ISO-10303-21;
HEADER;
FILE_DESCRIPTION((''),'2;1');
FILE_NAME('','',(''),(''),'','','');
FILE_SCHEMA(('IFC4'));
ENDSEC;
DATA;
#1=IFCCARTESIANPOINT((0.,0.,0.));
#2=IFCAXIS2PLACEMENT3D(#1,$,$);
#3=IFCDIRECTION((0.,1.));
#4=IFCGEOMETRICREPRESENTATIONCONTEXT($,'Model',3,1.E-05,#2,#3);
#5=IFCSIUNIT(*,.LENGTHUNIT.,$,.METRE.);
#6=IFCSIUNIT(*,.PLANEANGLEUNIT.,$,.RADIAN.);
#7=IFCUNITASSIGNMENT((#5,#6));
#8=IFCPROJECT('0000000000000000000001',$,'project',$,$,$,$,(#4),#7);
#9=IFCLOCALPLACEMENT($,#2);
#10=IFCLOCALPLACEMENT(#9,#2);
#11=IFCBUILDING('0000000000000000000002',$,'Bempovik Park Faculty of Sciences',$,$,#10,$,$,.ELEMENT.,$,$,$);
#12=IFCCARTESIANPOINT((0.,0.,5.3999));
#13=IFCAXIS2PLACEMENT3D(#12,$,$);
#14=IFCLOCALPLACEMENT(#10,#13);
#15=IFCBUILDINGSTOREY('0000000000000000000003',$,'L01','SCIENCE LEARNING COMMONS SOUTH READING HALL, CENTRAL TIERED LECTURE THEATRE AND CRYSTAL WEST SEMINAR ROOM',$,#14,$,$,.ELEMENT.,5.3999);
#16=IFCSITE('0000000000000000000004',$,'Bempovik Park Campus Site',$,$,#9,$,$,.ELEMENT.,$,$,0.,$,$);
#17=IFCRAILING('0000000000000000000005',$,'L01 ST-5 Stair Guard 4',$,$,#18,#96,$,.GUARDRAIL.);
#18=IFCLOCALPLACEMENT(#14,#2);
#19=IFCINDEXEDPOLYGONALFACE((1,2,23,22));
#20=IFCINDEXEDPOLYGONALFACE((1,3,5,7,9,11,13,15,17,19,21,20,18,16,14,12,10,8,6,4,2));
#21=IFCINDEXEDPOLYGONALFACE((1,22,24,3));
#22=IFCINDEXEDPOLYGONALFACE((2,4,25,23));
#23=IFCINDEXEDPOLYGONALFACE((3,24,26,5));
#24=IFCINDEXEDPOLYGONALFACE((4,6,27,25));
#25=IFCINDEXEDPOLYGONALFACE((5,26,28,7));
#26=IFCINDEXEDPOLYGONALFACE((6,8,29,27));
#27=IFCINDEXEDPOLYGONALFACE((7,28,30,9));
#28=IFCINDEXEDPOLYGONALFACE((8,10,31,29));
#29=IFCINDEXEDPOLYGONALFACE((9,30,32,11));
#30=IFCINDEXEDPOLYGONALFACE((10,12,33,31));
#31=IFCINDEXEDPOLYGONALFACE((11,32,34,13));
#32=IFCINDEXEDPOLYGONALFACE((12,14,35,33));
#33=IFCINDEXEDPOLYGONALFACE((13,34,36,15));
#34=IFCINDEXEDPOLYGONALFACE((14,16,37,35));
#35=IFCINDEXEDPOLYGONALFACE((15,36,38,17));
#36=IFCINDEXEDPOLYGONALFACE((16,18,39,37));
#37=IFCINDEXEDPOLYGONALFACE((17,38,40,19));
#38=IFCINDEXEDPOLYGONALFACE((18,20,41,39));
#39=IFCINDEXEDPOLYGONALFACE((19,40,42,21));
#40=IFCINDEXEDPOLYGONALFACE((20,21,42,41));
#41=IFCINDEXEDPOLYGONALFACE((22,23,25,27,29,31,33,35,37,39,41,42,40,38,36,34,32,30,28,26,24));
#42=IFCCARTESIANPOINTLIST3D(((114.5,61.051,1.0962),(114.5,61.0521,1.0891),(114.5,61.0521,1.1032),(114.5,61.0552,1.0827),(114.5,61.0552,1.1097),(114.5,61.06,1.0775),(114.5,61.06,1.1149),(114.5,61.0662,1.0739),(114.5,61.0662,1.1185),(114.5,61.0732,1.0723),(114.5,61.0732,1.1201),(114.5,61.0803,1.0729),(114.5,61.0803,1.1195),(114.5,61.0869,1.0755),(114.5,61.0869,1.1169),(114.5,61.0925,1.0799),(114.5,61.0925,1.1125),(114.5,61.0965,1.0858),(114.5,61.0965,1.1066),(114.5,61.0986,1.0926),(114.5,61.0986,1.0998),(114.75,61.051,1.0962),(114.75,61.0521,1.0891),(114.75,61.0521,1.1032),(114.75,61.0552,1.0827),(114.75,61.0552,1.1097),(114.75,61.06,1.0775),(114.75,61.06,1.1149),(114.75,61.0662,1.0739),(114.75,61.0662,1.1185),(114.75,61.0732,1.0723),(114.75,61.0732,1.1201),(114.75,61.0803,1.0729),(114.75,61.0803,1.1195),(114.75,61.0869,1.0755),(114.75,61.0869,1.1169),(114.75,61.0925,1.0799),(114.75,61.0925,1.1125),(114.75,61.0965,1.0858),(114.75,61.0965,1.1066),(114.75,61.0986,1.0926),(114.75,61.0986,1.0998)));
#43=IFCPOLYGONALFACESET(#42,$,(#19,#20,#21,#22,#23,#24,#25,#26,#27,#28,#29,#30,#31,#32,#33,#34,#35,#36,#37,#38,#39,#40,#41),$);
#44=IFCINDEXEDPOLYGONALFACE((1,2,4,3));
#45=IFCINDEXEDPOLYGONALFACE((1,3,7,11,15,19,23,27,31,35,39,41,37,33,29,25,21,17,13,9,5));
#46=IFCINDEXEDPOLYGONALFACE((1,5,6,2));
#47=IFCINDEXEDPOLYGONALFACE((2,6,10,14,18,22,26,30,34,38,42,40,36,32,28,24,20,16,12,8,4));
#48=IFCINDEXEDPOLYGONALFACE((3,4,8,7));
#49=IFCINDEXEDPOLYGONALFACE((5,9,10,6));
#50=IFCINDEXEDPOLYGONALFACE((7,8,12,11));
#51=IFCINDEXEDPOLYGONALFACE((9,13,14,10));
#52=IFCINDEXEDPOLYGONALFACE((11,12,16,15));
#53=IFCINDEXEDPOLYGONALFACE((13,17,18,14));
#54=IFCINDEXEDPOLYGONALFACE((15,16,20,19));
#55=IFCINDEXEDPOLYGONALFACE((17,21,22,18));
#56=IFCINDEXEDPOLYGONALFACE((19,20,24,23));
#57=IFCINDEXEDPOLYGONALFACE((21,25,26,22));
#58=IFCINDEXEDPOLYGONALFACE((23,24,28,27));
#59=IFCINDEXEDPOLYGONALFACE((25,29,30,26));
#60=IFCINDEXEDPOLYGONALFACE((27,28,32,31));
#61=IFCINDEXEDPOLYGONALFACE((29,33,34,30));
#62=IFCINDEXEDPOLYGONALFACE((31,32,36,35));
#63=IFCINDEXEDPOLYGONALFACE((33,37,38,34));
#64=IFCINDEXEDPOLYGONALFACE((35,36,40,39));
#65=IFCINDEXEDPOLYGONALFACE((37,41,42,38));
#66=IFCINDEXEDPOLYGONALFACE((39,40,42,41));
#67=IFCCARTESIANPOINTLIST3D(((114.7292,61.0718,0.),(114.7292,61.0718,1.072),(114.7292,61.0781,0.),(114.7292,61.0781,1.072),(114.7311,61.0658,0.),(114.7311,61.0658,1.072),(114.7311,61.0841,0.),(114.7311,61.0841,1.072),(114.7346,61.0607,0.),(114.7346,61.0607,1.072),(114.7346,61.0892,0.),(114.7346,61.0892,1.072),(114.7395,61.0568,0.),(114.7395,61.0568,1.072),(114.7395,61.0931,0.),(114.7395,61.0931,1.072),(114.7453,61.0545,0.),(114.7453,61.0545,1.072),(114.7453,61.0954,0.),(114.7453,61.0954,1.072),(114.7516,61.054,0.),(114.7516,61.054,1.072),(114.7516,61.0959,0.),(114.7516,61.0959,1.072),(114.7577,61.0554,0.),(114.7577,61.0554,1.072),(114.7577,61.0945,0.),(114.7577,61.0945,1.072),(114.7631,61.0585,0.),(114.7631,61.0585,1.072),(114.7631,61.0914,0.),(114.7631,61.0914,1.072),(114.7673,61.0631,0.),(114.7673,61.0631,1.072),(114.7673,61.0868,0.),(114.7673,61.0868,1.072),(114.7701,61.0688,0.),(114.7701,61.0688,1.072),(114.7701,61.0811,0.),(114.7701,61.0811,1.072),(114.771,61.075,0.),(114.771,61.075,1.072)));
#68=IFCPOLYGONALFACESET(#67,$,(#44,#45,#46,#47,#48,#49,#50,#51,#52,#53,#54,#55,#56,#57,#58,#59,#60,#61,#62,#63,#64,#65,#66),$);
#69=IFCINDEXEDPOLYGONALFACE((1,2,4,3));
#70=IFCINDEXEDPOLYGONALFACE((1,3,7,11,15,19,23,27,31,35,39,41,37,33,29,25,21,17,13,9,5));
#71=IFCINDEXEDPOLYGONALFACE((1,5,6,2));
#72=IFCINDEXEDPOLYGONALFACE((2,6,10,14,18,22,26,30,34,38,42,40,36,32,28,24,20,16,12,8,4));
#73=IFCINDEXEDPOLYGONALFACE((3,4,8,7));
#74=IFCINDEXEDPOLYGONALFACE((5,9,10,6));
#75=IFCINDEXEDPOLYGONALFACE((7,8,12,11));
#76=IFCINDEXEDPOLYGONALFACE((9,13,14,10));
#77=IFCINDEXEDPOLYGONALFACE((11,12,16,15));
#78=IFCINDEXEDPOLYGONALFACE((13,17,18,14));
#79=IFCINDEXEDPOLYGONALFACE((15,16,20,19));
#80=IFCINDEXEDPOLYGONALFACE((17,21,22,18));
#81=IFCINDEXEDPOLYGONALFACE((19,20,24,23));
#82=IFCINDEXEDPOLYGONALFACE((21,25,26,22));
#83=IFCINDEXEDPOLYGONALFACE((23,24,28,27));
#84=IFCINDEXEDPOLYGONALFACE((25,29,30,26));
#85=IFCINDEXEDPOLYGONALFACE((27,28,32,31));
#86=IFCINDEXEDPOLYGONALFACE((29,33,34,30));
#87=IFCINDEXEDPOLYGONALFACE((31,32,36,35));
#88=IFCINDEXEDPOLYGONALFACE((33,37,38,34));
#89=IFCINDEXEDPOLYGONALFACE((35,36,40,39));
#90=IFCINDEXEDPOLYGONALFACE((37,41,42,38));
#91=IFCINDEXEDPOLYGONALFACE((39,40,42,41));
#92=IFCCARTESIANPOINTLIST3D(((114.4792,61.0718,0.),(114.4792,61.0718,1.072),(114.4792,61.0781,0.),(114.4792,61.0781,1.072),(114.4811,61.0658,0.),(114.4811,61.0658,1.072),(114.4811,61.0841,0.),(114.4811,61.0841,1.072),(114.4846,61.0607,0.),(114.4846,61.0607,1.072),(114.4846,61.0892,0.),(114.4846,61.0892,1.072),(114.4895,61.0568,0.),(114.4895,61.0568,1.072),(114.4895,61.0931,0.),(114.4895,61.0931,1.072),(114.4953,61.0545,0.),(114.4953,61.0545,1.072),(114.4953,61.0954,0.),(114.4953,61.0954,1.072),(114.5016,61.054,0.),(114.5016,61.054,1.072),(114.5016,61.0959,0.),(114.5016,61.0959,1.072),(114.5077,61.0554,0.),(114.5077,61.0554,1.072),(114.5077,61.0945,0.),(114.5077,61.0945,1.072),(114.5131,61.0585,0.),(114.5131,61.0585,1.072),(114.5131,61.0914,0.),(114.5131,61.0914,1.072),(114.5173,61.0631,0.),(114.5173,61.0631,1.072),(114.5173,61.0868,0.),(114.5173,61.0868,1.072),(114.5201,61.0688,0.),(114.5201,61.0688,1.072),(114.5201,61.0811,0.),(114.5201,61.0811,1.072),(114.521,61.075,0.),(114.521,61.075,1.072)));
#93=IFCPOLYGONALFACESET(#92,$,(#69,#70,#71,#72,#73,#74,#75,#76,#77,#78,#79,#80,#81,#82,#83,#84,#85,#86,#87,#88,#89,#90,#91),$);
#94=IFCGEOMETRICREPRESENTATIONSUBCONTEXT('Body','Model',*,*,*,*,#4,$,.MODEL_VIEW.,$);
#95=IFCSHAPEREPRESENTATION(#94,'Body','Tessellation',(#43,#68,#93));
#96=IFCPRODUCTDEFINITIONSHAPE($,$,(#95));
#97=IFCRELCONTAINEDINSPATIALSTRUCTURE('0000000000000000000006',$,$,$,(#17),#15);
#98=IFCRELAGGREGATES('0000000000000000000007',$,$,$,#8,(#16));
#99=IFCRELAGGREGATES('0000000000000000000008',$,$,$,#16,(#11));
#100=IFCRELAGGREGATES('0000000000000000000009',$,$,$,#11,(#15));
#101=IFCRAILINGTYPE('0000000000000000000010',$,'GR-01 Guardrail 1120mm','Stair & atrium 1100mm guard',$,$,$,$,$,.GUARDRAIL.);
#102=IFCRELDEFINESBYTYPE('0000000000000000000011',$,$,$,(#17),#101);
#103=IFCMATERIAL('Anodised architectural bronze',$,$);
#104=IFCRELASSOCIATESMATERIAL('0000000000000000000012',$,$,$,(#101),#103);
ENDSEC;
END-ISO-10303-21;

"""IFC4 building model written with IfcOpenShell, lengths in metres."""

from ifc_helpers import new_model, si_unit, direction, frame, origin, origin_2d, place, context, subcontext, project, spatial, circle, extrude, material, type_object, element, save


model = new_model("IFC4")

# Units and contexts
model_context = context("Model", 3, precision=1e-05, world=origin(), true_north=direction((0.0, 1.0)))
body_context = subcontext(model_context, "Body", "Model", "MODEL_VIEW")
ifc_project = project(units=[si_unit("LENGTHUNIT", "METRE"), si_unit("PLANEANGLEUNIT", "RADIAN")], contexts=[model_context])

# Site, building, storey
site_placement = place(None, origin())
site = spatial("IfcSite", under=ifc_project, at=site_placement, Name="Bempovik Park Campus Site", CompositionType="ELEMENT", RefElevation=0.0)
building_placement = place(site_placement, origin())
building = spatial("IfcBuilding", under=site, at=building_placement, Name="Bempovik Park Faculty of Sciences", CompositionType="ELEMENT")
storey_placement = place(building_placement, frame((0.0, 0.0, 5.3999)))
storey = spatial("IfcBuildingStorey", under=building, at=storey_placement, Name="L01", Description="SCIENCE LEARNING COMMONS SOUTH READING HALL, CENTRAL TIERED LECTURE THEATRE AND CRYSTAL WEST SEMINAR ROOM", CompositionType="ELEMENT", Elevation=5.3999)

# Railing
ifc_material_1 = material(Name="Anodised architectural bronze")
railing_type_1 = type_object("IfcRailingType", Name="GR-01 Guardrail 1120mm", Description="Stair & atrium 1100mm guard", PredefinedType="GUARDRAIL", material=ifc_material_1)
railing_1_placement = place(storey_placement, frame((114.75, 61.075, 0.0)))
element("IfcRailing", 1, at=railing_1_placement, inside=storey, type_object=railing_type_1, Name="L01 ST-5 Stair Guard 4", PredefinedType="GUARDRAIL", context=body_context, shape_type="SweptSolid", body=[
    extrude(circle(Radius=0.0239, at=origin_2d()), frame((0.0, 0.0, 1.0962), z_axis=(-1.0, 0.0, 0.0), x_axis=(0.0, -1.0, 0.0)), (0.0, 0.0, 1.0), 0.25),
    extrude(circle(Radius=0.021, at=origin_2d()), origin(), (0.0, 0.0, 1.0), 1.072),
    extrude(circle(Radius=0.021, at=origin_2d()), frame((-0.25, 0.0, 0.0)), (0.0, 0.0, 1.0), 1.072),
])

save(model, "model.ifc")
